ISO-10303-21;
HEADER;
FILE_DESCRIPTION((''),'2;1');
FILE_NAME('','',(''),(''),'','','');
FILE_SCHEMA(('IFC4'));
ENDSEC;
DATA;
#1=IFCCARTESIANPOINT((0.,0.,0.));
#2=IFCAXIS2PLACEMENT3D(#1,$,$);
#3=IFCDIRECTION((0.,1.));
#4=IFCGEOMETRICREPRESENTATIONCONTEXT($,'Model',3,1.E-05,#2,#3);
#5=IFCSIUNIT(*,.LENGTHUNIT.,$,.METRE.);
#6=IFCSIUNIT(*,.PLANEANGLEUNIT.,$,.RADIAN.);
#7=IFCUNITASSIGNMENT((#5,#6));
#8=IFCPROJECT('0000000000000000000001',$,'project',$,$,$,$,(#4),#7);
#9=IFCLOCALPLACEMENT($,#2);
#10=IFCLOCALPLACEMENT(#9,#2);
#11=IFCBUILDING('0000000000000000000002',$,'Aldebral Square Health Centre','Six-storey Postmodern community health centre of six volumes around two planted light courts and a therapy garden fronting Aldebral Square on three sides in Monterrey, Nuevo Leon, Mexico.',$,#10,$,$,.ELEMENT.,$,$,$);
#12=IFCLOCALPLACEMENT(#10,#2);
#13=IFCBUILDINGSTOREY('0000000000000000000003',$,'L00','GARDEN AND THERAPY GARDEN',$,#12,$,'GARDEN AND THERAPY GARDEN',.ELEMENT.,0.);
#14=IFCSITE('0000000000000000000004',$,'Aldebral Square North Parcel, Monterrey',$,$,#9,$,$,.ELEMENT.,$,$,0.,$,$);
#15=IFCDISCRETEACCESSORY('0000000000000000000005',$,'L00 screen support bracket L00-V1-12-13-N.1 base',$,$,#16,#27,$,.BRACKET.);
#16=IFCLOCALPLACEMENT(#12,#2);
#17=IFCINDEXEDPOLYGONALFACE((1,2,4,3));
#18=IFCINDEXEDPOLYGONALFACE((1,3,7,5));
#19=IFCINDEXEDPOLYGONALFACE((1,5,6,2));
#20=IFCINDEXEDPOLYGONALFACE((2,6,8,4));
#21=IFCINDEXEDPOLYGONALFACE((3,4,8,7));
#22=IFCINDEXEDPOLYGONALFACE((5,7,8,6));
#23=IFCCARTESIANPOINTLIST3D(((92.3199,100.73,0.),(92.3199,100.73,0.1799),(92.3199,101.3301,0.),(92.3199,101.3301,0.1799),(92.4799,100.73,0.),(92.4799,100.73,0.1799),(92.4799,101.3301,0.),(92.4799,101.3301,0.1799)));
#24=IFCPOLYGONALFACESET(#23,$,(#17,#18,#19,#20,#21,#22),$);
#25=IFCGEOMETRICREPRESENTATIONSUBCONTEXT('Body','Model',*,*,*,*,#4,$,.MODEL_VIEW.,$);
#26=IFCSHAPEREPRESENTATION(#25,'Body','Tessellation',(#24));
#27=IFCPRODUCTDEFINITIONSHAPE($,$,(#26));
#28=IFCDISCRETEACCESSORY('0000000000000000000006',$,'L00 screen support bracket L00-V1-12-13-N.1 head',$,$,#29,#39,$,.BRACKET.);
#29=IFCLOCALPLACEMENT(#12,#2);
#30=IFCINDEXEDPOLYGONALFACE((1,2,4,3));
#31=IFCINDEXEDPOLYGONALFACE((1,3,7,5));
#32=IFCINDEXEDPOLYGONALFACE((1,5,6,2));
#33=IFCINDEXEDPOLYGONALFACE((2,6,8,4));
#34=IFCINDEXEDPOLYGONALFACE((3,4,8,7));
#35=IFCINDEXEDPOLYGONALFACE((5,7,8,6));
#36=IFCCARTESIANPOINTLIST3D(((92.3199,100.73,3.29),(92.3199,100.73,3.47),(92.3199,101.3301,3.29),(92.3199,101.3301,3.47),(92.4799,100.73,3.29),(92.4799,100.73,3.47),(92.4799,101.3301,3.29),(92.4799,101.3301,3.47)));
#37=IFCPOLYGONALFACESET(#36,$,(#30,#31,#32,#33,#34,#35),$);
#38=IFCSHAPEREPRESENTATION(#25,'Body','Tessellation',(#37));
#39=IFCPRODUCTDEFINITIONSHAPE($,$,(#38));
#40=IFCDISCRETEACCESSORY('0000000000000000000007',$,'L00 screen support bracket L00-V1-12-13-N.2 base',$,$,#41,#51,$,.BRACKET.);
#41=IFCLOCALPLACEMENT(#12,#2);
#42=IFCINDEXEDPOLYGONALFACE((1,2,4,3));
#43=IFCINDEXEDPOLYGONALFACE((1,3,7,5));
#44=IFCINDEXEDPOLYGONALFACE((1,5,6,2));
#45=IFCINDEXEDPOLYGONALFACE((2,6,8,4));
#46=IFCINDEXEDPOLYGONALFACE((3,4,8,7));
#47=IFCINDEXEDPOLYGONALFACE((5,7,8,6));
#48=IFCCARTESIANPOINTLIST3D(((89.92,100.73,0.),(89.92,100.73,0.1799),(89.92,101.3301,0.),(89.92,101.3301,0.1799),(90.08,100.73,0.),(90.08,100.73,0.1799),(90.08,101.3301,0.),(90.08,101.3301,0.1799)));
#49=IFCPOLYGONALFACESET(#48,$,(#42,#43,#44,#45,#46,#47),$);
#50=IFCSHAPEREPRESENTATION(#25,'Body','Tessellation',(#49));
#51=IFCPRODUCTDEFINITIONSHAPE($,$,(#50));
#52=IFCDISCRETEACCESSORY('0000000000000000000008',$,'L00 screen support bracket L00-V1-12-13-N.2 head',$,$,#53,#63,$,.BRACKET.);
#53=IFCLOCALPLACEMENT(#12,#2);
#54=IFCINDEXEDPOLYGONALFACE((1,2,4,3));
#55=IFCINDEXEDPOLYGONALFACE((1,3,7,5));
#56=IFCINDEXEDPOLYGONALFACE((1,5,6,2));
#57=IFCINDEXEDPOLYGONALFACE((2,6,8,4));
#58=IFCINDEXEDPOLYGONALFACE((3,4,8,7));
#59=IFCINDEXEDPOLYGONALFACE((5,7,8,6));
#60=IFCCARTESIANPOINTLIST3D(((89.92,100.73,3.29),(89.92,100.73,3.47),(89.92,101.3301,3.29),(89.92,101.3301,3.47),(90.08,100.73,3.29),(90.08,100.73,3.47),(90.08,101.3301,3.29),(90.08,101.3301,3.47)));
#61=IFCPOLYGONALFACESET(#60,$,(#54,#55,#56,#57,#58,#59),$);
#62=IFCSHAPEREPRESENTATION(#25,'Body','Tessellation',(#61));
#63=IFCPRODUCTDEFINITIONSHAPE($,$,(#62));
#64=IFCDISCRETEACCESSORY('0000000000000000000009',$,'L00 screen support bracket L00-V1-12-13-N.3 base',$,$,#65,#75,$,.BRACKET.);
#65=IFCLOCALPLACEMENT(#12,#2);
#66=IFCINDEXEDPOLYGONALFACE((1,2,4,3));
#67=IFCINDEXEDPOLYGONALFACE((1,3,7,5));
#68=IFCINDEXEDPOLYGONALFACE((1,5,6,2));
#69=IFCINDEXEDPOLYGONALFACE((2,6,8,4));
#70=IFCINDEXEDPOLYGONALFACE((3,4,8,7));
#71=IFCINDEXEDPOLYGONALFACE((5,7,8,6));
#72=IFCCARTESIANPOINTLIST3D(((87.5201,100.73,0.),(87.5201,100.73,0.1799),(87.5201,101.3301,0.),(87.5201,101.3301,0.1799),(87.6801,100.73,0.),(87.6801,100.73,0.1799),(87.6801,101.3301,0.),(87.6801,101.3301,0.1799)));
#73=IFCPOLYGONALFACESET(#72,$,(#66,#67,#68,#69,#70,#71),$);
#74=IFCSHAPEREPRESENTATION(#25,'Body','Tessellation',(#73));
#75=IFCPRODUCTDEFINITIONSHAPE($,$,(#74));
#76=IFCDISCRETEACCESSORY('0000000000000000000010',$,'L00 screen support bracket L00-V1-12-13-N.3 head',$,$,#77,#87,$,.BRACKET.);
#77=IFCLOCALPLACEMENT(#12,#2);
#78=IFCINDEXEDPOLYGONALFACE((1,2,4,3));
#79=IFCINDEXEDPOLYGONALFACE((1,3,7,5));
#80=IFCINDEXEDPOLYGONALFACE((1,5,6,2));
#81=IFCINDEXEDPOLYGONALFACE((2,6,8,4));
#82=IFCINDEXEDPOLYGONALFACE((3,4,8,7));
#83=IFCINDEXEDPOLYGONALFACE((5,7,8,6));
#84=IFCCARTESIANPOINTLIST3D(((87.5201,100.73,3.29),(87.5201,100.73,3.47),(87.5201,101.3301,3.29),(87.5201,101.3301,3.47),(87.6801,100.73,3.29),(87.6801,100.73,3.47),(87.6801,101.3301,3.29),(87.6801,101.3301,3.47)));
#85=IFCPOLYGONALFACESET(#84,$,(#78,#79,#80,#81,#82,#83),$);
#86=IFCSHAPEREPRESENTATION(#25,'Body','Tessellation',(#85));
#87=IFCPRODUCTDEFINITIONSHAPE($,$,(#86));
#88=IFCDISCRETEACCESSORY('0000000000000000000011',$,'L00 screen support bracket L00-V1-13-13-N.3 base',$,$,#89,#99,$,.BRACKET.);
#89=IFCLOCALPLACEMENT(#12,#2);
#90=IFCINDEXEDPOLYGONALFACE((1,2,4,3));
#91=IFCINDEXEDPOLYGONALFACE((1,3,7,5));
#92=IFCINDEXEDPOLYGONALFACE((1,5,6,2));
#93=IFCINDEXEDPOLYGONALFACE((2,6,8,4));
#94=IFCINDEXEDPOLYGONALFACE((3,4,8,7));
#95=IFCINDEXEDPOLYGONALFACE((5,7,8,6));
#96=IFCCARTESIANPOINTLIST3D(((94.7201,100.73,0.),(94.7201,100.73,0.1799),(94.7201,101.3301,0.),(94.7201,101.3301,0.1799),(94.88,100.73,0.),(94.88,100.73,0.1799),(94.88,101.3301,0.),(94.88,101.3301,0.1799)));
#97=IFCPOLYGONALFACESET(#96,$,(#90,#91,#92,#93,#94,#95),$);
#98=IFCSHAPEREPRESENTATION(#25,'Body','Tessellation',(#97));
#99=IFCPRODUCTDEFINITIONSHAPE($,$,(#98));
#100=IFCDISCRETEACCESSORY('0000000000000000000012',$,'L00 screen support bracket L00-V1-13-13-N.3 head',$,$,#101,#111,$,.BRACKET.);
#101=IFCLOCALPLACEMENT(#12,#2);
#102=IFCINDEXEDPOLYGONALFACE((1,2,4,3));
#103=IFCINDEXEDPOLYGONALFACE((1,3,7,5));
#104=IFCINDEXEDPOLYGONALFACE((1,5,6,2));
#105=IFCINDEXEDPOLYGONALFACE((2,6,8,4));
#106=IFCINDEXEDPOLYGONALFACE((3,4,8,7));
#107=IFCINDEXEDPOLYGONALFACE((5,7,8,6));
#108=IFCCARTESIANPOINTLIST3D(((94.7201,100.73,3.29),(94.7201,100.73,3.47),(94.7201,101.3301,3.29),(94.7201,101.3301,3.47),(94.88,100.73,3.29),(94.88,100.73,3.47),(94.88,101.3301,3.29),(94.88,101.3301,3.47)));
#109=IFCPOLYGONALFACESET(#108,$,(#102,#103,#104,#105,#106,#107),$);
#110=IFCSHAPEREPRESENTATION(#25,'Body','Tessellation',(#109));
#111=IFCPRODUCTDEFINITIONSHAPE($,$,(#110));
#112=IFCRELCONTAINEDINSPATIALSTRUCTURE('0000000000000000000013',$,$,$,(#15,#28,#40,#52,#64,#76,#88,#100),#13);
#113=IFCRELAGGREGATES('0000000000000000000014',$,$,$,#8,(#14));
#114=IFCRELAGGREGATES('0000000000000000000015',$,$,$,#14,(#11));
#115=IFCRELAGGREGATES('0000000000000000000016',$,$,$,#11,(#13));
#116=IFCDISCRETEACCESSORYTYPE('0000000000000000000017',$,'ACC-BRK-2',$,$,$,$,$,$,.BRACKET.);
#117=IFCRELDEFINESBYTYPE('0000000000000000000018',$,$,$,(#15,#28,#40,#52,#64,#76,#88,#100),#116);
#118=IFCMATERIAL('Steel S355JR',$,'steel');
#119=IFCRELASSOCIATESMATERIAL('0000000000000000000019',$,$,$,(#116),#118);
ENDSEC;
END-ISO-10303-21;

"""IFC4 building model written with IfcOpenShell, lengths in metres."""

from ifc_helpers import new_model, si_unit, direction, frame, origin, origin_2d, place, context, subcontext, project, spatial, rectangle, extrude, material, type_object, element, save


model = new_model("IFC4")

# Units and contexts
model_context = context("Model", 3, precision=1e-05, world=origin(), true_north=direction((0.0, 1.0)))
body_context = subcontext(model_context, "Body", "Model", "MODEL_VIEW")
ifc_project = project(units=[si_unit("LENGTHUNIT", "METRE"), si_unit("PLANEANGLEUNIT", "RADIAN")], contexts=[model_context])

# Site, building, storey
site_placement = place(None, origin())
site = spatial("IfcSite", under=ifc_project, at=site_placement, Name="Aldebral Square North Parcel, Monterrey", CompositionType="ELEMENT", RefElevation=0.0)
building_placement = place(site_placement, origin())
building = spatial("IfcBuilding", under=site, at=building_placement, Name="Aldebral Square Health Centre", Description="Six-storey Postmodern community health centre of six volumes around two planted light courts and a therapy garden fronting Aldebral Square on three sides in Monterrey, Nuevo Leon, Mexico.", CompositionType="ELEMENT")
storey_placement = place(building_placement, origin())
storey = spatial("IfcBuildingStorey", under=building, at=storey_placement, Name="L00", Description="GARDEN AND THERAPY GARDEN", LongName="GARDEN AND THERAPY GARDEN", CompositionType="ELEMENT", Elevation=0.0)

# Discrete accessories
ifc_material_1 = material(Name="Steel S355JR", Category="steel")
discrete_accessory_type = type_object("IfcDiscreteAccessoryType", Name="ACC-BRK-2", PredefinedType="BRACKET", material=ifc_material_1)
for number, where, z_axis, x_axis, name in (
    (1, (92.3999, 101.03, 0.0), (0.0, 0.0, 1.0), (1.0, 0.0, 0.0), "L00 screen support bracket L00-V1-12-13-N.1 base"),
    (2, (92.3999, 101.03, 3.29), (0.0, 0.0, 1.0), (1.0, 0.0, 0.0), "L00 screen support bracket L00-V1-12-13-N.1 head"),
    (3, (90.0, 101.03, 0.0), (0.0, 0.0, 1.0), (1.0, 0.0, 0.0), "L00 screen support bracket L00-V1-12-13-N.2 base"),
    (4, (90.0, 101.03, 3.29), (0.0, 0.0, 1.0), (1.0, 0.0, 0.0), "L00 screen support bracket L00-V1-12-13-N.2 head"),
    (5, (87.6001, 101.03, 0.0), (0.0, 0.0, 1.0), (1.0, 0.0, 0.0), "L00 screen support bracket L00-V1-12-13-N.3 base"),
    (6, (87.6001, 101.03, 3.29), (0.0, 0.0, 1.0), (1.0, 0.0, 0.0), "L00 screen support bracket L00-V1-12-13-N.3 head"),
    (7, (94.8, 101.03, 0.0), (0.0, 0.0, 1.0), (1.0, 0.0, 0.0), "L00 screen support bracket L00-V1-13-13-N.3 base"),
    (8, (94.8, 101.03, 3.29), (0.0, 0.0, 1.0), (1.0, 0.0, 0.0), "L00 screen support bracket L00-V1-13-13-N.3 head"),
):
    element("IfcDiscreteAccessory", number, at=place(storey_placement, frame(where, z_axis=z_axis, x_axis=x_axis)), inside=storey, type_object=discrete_accessory_type, Name=name, PredefinedType="BRACKET", context=body_context, shape_type="SweptSolid", body=[
        extrude(rectangle(XDim=0.1599, YDim=0.6001, at=origin_2d()), origin(), (0.0, 0.0, 1.0), 0.1799),
    ])

save(model, "model.ifc")
